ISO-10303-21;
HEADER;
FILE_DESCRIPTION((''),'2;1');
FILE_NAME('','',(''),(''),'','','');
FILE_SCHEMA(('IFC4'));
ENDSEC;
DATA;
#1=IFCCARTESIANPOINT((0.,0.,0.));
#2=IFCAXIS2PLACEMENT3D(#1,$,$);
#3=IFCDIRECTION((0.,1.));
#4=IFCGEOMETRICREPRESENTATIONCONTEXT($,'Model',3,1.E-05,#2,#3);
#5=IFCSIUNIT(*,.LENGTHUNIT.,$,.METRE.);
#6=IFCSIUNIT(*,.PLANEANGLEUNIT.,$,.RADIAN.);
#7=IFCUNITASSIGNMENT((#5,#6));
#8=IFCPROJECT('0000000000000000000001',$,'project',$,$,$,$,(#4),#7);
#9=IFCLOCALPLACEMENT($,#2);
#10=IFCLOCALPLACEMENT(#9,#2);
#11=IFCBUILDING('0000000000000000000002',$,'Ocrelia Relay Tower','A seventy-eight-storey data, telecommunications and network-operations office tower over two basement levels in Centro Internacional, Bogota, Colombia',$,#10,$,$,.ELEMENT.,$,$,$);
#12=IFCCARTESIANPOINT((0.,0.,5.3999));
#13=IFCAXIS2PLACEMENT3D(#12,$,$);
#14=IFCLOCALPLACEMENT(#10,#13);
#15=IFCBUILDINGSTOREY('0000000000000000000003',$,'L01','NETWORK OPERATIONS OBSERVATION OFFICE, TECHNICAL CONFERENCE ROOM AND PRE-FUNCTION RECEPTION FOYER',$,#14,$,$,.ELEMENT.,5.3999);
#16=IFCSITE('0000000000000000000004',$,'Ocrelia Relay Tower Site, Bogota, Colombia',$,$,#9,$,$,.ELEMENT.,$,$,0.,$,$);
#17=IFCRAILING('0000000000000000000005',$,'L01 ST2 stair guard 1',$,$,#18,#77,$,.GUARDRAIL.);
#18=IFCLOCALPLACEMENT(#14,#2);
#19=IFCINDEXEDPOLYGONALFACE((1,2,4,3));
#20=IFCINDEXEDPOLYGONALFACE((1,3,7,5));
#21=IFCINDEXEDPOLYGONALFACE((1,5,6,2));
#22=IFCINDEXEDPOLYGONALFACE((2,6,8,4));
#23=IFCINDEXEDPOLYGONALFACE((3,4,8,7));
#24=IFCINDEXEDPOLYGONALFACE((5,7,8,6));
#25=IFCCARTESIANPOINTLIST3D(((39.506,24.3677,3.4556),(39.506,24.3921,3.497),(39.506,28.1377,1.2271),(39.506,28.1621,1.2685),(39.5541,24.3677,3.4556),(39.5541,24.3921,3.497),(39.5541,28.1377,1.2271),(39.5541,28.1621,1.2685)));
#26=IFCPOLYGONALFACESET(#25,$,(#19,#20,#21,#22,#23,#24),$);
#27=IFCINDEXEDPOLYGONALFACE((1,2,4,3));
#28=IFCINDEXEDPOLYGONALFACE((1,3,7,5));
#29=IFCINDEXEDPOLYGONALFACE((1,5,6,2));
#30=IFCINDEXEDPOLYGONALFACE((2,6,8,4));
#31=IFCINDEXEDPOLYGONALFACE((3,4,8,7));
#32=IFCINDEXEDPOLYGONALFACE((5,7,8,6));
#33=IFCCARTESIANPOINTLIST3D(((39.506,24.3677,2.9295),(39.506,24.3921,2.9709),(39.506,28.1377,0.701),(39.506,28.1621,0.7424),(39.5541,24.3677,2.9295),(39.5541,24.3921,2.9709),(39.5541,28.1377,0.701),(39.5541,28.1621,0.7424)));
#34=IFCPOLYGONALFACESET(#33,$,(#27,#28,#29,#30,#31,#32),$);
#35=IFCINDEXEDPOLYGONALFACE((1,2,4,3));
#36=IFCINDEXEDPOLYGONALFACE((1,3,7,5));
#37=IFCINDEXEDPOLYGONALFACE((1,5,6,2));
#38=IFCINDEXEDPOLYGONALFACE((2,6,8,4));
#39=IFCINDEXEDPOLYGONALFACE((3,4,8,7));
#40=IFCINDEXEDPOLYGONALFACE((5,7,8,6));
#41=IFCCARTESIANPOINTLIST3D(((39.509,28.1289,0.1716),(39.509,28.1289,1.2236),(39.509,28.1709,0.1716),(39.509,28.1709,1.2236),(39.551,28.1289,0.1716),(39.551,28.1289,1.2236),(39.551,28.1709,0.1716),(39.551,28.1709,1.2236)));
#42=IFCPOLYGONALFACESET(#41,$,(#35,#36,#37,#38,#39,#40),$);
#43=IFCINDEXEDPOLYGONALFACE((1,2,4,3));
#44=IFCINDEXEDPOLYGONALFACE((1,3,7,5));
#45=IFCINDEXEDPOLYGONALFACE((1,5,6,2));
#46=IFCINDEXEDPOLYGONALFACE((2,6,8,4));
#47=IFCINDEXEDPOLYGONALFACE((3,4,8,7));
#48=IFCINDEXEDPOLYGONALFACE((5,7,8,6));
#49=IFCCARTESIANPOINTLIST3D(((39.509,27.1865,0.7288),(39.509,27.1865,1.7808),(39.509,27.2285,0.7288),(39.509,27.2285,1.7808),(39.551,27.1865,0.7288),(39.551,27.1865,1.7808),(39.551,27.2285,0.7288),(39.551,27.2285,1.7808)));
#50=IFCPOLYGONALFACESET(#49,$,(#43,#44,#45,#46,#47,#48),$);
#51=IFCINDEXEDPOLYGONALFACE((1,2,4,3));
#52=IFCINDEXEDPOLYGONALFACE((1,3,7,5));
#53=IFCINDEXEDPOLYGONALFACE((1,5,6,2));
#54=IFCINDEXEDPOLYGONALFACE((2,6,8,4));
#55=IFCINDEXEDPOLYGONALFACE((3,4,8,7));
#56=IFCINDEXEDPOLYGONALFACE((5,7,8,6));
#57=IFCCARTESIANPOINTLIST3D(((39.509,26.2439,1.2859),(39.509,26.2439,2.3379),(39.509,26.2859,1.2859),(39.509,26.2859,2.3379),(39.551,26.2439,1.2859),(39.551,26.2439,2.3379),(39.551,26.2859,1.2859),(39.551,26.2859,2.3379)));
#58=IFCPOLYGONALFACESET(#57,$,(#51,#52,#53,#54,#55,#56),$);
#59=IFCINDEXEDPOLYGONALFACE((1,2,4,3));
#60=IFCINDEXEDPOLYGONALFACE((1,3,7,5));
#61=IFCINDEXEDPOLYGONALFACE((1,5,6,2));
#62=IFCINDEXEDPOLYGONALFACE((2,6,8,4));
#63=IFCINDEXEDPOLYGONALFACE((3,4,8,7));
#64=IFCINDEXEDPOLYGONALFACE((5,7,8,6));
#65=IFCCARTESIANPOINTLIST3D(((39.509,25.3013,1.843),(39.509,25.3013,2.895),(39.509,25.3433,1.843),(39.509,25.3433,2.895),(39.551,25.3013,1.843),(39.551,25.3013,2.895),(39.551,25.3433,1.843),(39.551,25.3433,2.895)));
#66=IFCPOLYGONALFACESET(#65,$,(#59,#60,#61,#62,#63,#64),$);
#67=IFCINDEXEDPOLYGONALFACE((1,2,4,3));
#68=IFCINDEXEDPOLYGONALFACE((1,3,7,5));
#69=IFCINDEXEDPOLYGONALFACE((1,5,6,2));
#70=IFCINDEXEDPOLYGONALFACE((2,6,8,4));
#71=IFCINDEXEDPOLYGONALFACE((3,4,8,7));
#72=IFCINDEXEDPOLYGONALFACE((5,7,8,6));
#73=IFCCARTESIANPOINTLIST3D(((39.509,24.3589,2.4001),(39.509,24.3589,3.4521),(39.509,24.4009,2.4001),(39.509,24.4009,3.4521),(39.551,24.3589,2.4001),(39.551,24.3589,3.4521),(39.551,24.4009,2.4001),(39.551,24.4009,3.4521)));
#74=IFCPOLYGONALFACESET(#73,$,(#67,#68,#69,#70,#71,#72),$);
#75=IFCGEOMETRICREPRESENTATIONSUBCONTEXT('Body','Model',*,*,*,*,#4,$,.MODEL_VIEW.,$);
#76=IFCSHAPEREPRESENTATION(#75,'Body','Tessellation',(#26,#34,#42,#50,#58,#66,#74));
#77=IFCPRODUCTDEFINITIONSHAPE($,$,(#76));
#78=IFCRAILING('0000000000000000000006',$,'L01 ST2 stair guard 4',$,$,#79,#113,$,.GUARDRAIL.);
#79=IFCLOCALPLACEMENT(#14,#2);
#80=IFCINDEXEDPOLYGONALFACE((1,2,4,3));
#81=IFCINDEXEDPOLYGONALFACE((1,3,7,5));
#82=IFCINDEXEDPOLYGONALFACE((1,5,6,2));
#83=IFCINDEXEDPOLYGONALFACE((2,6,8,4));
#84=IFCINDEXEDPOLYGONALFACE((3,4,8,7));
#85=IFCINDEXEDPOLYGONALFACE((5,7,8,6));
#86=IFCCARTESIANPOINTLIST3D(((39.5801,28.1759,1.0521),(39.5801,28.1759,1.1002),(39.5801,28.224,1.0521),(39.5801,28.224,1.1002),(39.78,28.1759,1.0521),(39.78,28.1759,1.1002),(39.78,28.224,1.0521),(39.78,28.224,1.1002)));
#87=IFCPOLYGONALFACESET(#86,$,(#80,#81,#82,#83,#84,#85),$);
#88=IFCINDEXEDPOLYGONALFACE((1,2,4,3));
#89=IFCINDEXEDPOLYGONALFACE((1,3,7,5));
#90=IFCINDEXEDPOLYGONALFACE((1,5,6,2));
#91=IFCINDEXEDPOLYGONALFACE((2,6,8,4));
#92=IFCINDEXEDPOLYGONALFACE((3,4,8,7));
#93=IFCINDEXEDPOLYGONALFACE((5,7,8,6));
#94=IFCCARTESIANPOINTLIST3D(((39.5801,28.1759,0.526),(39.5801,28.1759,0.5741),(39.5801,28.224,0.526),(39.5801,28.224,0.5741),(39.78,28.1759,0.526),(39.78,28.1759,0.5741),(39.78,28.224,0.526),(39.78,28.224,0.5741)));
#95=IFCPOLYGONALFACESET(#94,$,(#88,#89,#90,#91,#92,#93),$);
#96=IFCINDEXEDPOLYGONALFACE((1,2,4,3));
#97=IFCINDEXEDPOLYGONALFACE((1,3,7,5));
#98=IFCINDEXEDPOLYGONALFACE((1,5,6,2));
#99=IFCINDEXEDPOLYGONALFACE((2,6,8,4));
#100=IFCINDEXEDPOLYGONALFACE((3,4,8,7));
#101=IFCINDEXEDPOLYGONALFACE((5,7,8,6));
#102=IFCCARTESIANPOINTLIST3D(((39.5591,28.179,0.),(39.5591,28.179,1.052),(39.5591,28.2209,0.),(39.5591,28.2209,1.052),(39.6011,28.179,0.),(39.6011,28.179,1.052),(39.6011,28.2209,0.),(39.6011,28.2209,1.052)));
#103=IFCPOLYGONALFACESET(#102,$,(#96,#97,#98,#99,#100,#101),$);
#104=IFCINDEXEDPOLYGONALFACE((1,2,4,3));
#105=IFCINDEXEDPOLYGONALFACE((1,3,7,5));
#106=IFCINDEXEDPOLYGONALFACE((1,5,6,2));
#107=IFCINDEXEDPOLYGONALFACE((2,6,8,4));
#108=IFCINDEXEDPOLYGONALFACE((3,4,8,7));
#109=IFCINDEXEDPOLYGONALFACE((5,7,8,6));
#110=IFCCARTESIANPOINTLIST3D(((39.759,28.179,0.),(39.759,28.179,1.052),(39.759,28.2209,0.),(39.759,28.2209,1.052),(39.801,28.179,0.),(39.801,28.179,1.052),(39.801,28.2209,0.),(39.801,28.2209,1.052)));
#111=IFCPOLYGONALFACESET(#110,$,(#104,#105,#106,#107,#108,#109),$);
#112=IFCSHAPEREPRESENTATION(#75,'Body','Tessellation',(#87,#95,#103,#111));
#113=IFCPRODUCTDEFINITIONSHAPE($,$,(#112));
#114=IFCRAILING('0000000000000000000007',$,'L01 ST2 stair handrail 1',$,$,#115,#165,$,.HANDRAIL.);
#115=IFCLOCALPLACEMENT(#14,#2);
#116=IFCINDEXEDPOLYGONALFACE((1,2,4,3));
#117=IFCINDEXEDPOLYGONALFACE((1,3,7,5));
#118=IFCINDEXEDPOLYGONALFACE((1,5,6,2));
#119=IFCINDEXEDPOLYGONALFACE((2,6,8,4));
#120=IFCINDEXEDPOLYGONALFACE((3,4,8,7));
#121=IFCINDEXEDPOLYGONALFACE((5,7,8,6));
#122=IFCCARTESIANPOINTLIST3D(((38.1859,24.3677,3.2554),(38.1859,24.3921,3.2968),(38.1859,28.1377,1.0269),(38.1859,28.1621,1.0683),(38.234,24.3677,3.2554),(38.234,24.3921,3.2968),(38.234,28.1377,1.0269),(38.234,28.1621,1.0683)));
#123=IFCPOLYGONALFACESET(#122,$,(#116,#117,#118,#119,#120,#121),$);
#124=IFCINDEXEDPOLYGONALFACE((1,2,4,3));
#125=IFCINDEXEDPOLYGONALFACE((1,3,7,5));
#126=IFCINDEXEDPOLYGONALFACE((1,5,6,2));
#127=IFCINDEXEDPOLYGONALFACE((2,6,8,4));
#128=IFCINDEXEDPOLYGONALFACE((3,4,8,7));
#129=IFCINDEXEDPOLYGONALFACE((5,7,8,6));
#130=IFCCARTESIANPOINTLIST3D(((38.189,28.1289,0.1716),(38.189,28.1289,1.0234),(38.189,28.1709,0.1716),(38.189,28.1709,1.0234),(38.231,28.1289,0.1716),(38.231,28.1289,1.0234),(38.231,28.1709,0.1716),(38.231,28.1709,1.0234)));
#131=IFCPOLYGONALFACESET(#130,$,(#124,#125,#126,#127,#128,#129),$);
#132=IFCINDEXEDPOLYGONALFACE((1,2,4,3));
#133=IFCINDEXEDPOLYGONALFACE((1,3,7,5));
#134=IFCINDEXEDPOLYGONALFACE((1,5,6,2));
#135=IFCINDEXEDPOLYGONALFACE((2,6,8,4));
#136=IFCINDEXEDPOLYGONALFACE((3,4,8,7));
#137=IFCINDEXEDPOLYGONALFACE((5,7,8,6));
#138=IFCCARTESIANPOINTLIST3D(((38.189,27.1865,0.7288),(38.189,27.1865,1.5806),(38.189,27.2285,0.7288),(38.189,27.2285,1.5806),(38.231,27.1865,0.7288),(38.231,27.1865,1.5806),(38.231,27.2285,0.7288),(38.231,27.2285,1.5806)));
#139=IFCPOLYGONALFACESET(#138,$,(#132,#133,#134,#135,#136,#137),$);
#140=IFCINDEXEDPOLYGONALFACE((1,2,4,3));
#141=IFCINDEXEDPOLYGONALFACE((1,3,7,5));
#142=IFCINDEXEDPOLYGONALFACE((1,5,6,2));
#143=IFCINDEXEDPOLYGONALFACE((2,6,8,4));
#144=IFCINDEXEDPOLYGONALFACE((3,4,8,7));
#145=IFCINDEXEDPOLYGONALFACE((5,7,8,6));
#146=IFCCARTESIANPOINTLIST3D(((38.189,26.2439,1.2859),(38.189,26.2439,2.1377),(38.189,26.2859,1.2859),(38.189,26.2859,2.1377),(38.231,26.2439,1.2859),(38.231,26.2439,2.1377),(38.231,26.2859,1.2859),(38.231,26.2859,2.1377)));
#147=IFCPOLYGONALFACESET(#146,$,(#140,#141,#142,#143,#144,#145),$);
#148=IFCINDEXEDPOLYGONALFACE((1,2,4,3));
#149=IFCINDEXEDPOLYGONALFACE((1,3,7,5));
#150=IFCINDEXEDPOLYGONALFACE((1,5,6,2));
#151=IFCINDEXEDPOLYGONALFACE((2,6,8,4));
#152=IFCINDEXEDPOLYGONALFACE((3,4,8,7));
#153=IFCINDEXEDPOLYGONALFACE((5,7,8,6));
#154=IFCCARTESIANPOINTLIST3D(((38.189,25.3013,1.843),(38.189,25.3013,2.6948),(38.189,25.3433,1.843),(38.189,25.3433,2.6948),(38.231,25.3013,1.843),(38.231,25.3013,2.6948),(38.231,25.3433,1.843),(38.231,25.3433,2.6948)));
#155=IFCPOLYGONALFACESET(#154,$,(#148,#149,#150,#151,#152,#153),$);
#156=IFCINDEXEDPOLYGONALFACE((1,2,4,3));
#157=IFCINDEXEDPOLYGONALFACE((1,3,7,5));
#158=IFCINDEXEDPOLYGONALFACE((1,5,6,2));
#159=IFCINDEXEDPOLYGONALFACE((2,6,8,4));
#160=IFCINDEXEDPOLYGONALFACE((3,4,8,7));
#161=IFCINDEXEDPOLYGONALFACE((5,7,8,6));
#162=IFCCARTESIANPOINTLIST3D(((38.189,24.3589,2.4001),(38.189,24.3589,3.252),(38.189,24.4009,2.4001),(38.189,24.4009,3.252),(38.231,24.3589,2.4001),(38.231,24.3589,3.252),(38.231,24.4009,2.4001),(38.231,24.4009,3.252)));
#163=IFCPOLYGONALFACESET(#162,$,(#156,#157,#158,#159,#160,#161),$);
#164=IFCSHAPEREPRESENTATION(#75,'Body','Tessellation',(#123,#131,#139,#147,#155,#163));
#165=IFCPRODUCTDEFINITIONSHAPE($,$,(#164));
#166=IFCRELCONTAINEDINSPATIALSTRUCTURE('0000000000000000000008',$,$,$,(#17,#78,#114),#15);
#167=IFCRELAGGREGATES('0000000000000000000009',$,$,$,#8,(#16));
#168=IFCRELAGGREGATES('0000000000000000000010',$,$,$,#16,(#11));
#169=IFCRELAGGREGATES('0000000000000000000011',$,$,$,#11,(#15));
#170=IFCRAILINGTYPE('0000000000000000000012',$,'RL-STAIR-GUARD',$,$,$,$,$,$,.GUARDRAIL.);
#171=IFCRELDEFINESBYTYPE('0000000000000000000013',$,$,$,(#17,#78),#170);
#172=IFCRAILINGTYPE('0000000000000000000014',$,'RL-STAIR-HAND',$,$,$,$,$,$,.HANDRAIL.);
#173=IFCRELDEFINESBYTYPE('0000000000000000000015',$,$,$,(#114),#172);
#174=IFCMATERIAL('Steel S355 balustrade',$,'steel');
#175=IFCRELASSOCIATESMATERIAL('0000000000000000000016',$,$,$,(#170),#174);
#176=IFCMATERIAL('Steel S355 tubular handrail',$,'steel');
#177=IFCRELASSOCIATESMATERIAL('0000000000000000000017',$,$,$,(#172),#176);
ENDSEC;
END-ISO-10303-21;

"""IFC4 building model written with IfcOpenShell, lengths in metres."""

from ifc_helpers import new_model, si_unit, direction, frame, origin, origin_2d, place, context, subcontext, project, spatial, rectangle, extrude, material, type_object, element, save


model = new_model("IFC4")

# Units and contexts
model_context = context("Model", 3, precision=1e-05, world=origin(), true_north=direction((0.0, 1.0)))
body_context = subcontext(model_context, "Body", "Model", "MODEL_VIEW")
ifc_project = project(units=[si_unit("LENGTHUNIT", "METRE"), si_unit("PLANEANGLEUNIT", "RADIAN")], contexts=[model_context])

# Site, building, storey
site_placement = place(None, origin())
site = spatial("IfcSite", under=ifc_project, at=site_placement, Name="Ocrelia Relay Tower Site, Bogota, Colombia", CompositionType="ELEMENT", RefElevation=0.0)
building_placement = place(site_placement, origin())
building = spatial("IfcBuilding", under=site, at=building_placement, Name="Ocrelia Relay Tower", Description="A seventy-eight-storey data, telecommunications and network-operations office tower over two basement levels in Centro Internacional, Bogota, Colombia", CompositionType="ELEMENT")
storey_placement = place(building_placement, frame((0.0, 0.0, 5.3999)))
storey = spatial("IfcBuildingStorey", under=building, at=storey_placement, Name="L01", Description="NETWORK OPERATIONS OBSERVATION OFFICE, TECHNICAL CONFERENCE ROOM AND PRE-FUNCTION RECEPTION FOYER", CompositionType="ELEMENT", Elevation=5.3999)

# Railings
ifc_material_1 = material(Name="Steel S355 balustrade", Category="steel")
railing_type_1 = type_object("IfcRailingType", Name="RL-STAIR-GUARD", PredefinedType="GUARDRAIL", material=ifc_material_1)
railing_1_placement = place(storey_placement, frame((39.53, 28.1499, 0.1716)))
element("IfcRailing", 1, at=railing_1_placement, inside=storey, type_object=railing_type_1, Name="L01 ST2 stair guard 1", PredefinedType="GUARDRAIL", context=body_context, shape_type="SweptSolid", body=[
    extrude(rectangle(XDim=0.0481, YDim=0.0481, at=origin_2d()), frame((0.0, 0.0, 1.0762), z_axis=(0.0, -0.860849, 0.508861), x_axis=(1.0, 0.0, 0.0)), (0.0, 0.0, 1.0), 4.3794),
    extrude(rectangle(XDim=0.0481, YDim=0.0481, at=origin_2d()), frame((0.0, 0.0, 0.55), z_axis=(0.0, -0.860849, 0.508861), x_axis=(1.0, 0.0, 0.0)), (0.0, 0.0, 1.0), 4.3794),
    extrude(rectangle(XDim=0.042, YDim=0.042, at=origin_2d()), origin(), (0.0, 0.0, 1.0), 1.052),
    extrude(rectangle(XDim=0.042, YDim=0.042, at=origin_2d()), frame((0.0, -0.9424, 0.5571)), (0.0, 0.0, 1.0), 1.052),
    extrude(rectangle(XDim=0.042, YDim=0.042, at=origin_2d()), frame((0.0, -1.885, 1.1143)), (0.0, 0.0, 1.0), 1.052),
    extrude(rectangle(XDim=0.042, YDim=0.042, at=origin_2d()), frame((0.0, -2.8276, 1.6714)), (0.0, 0.0, 1.0), 1.052),
    extrude(rectangle(XDim=0.042, YDim=0.042, at=origin_2d()), frame((0.0, -3.77, 2.2285)), (0.0, 0.0, 1.0), 1.052),
])
railing_2_placement = place(storey_placement, frame((39.5801, 28.2, 0.0)))
element("IfcRailing", 2, at=railing_2_placement, inside=storey, type_object=railing_type_1, Name="L01 ST2 stair guard 4", PredefinedType="GUARDRAIL", context=body_context, shape_type="SweptSolid", body=[
    extrude(rectangle(XDim=0.0481, YDim=0.0481, at=origin_2d()), frame((0.0, 0.0, 1.0762), z_axis=(1.0, 0.0, 0.0), x_axis=(0.0, 1.0, 0.0)), (0.0, 0.0, 1.0), 0.2),
    extrude(rectangle(XDim=0.0481, YDim=0.0481, at=origin_2d()), frame((0.0, 0.0, 0.55), z_axis=(1.0, 0.0, 0.0), x_axis=(0.0, 1.0, 0.0)), (0.0, 0.0, 1.0), 0.2),
    extrude(rectangle(XDim=0.042, YDim=0.042, at=origin_2d()), origin(), (0.0, 0.0, 1.0), 1.052),
    extrude(rectangle(XDim=0.042, YDim=0.042, at=origin_2d()), frame((0.2, 0.0, 0.0)), (0.0, 0.0, 1.0), 1.052),
])
ifc_material_2 = material(Name="Steel S355 tubular handrail", Category="steel")
railing_type_2 = type_object("IfcRailingType", Name="RL-STAIR-HAND", PredefinedType="HANDRAIL", material=ifc_material_2)
railing_3_placement = place(storey_placement, frame((38.21, 28.1499, 0.1716)))
element("IfcRailing", 3, at=railing_3_placement, inside=storey, type_object=railing_type_2, Name="L01 ST2 stair handrail 1", PredefinedType="HANDRAIL", context=body_context, shape_type="SweptSolid", body=[
    extrude(rectangle(XDim=0.0481, YDim=0.0481, at=origin_2d()), frame((0.0, 0.0, 0.876), z_axis=(0.0, -0.860849, 0.508861), x_axis=(1.0, 0.0, 0.0)), (0.0, 0.0, 1.0), 4.3794),
    extrude(rectangle(XDim=0.042, YDim=0.042, at=origin_2d()), origin(), (0.0, 0.0, 1.0), 0.8518),
    extrude(rectangle(XDim=0.042, YDim=0.042, at=origin_2d()), frame((0.0, -0.9424, 0.5571)), (0.0, 0.0, 1.0), 0.8518),
    extrude(rectangle(XDim=0.042, YDim=0.042, at=origin_2d()), frame((0.0, -1.885, 1.1143)), (0.0, 0.0, 1.0), 0.8518),
    extrude(rectangle(XDim=0.042, YDim=0.042, at=origin_2d()), frame((0.0, -2.8276, 1.6714)), (0.0, 0.0, 1.0), 0.8518),
    extrude(rectangle(XDim=0.042, YDim=0.042, at=origin_2d()), frame((0.0, -3.77, 2.2285)), (0.0, 0.0, 1.0), 0.8518),
])

save(model, "model.ifc")
